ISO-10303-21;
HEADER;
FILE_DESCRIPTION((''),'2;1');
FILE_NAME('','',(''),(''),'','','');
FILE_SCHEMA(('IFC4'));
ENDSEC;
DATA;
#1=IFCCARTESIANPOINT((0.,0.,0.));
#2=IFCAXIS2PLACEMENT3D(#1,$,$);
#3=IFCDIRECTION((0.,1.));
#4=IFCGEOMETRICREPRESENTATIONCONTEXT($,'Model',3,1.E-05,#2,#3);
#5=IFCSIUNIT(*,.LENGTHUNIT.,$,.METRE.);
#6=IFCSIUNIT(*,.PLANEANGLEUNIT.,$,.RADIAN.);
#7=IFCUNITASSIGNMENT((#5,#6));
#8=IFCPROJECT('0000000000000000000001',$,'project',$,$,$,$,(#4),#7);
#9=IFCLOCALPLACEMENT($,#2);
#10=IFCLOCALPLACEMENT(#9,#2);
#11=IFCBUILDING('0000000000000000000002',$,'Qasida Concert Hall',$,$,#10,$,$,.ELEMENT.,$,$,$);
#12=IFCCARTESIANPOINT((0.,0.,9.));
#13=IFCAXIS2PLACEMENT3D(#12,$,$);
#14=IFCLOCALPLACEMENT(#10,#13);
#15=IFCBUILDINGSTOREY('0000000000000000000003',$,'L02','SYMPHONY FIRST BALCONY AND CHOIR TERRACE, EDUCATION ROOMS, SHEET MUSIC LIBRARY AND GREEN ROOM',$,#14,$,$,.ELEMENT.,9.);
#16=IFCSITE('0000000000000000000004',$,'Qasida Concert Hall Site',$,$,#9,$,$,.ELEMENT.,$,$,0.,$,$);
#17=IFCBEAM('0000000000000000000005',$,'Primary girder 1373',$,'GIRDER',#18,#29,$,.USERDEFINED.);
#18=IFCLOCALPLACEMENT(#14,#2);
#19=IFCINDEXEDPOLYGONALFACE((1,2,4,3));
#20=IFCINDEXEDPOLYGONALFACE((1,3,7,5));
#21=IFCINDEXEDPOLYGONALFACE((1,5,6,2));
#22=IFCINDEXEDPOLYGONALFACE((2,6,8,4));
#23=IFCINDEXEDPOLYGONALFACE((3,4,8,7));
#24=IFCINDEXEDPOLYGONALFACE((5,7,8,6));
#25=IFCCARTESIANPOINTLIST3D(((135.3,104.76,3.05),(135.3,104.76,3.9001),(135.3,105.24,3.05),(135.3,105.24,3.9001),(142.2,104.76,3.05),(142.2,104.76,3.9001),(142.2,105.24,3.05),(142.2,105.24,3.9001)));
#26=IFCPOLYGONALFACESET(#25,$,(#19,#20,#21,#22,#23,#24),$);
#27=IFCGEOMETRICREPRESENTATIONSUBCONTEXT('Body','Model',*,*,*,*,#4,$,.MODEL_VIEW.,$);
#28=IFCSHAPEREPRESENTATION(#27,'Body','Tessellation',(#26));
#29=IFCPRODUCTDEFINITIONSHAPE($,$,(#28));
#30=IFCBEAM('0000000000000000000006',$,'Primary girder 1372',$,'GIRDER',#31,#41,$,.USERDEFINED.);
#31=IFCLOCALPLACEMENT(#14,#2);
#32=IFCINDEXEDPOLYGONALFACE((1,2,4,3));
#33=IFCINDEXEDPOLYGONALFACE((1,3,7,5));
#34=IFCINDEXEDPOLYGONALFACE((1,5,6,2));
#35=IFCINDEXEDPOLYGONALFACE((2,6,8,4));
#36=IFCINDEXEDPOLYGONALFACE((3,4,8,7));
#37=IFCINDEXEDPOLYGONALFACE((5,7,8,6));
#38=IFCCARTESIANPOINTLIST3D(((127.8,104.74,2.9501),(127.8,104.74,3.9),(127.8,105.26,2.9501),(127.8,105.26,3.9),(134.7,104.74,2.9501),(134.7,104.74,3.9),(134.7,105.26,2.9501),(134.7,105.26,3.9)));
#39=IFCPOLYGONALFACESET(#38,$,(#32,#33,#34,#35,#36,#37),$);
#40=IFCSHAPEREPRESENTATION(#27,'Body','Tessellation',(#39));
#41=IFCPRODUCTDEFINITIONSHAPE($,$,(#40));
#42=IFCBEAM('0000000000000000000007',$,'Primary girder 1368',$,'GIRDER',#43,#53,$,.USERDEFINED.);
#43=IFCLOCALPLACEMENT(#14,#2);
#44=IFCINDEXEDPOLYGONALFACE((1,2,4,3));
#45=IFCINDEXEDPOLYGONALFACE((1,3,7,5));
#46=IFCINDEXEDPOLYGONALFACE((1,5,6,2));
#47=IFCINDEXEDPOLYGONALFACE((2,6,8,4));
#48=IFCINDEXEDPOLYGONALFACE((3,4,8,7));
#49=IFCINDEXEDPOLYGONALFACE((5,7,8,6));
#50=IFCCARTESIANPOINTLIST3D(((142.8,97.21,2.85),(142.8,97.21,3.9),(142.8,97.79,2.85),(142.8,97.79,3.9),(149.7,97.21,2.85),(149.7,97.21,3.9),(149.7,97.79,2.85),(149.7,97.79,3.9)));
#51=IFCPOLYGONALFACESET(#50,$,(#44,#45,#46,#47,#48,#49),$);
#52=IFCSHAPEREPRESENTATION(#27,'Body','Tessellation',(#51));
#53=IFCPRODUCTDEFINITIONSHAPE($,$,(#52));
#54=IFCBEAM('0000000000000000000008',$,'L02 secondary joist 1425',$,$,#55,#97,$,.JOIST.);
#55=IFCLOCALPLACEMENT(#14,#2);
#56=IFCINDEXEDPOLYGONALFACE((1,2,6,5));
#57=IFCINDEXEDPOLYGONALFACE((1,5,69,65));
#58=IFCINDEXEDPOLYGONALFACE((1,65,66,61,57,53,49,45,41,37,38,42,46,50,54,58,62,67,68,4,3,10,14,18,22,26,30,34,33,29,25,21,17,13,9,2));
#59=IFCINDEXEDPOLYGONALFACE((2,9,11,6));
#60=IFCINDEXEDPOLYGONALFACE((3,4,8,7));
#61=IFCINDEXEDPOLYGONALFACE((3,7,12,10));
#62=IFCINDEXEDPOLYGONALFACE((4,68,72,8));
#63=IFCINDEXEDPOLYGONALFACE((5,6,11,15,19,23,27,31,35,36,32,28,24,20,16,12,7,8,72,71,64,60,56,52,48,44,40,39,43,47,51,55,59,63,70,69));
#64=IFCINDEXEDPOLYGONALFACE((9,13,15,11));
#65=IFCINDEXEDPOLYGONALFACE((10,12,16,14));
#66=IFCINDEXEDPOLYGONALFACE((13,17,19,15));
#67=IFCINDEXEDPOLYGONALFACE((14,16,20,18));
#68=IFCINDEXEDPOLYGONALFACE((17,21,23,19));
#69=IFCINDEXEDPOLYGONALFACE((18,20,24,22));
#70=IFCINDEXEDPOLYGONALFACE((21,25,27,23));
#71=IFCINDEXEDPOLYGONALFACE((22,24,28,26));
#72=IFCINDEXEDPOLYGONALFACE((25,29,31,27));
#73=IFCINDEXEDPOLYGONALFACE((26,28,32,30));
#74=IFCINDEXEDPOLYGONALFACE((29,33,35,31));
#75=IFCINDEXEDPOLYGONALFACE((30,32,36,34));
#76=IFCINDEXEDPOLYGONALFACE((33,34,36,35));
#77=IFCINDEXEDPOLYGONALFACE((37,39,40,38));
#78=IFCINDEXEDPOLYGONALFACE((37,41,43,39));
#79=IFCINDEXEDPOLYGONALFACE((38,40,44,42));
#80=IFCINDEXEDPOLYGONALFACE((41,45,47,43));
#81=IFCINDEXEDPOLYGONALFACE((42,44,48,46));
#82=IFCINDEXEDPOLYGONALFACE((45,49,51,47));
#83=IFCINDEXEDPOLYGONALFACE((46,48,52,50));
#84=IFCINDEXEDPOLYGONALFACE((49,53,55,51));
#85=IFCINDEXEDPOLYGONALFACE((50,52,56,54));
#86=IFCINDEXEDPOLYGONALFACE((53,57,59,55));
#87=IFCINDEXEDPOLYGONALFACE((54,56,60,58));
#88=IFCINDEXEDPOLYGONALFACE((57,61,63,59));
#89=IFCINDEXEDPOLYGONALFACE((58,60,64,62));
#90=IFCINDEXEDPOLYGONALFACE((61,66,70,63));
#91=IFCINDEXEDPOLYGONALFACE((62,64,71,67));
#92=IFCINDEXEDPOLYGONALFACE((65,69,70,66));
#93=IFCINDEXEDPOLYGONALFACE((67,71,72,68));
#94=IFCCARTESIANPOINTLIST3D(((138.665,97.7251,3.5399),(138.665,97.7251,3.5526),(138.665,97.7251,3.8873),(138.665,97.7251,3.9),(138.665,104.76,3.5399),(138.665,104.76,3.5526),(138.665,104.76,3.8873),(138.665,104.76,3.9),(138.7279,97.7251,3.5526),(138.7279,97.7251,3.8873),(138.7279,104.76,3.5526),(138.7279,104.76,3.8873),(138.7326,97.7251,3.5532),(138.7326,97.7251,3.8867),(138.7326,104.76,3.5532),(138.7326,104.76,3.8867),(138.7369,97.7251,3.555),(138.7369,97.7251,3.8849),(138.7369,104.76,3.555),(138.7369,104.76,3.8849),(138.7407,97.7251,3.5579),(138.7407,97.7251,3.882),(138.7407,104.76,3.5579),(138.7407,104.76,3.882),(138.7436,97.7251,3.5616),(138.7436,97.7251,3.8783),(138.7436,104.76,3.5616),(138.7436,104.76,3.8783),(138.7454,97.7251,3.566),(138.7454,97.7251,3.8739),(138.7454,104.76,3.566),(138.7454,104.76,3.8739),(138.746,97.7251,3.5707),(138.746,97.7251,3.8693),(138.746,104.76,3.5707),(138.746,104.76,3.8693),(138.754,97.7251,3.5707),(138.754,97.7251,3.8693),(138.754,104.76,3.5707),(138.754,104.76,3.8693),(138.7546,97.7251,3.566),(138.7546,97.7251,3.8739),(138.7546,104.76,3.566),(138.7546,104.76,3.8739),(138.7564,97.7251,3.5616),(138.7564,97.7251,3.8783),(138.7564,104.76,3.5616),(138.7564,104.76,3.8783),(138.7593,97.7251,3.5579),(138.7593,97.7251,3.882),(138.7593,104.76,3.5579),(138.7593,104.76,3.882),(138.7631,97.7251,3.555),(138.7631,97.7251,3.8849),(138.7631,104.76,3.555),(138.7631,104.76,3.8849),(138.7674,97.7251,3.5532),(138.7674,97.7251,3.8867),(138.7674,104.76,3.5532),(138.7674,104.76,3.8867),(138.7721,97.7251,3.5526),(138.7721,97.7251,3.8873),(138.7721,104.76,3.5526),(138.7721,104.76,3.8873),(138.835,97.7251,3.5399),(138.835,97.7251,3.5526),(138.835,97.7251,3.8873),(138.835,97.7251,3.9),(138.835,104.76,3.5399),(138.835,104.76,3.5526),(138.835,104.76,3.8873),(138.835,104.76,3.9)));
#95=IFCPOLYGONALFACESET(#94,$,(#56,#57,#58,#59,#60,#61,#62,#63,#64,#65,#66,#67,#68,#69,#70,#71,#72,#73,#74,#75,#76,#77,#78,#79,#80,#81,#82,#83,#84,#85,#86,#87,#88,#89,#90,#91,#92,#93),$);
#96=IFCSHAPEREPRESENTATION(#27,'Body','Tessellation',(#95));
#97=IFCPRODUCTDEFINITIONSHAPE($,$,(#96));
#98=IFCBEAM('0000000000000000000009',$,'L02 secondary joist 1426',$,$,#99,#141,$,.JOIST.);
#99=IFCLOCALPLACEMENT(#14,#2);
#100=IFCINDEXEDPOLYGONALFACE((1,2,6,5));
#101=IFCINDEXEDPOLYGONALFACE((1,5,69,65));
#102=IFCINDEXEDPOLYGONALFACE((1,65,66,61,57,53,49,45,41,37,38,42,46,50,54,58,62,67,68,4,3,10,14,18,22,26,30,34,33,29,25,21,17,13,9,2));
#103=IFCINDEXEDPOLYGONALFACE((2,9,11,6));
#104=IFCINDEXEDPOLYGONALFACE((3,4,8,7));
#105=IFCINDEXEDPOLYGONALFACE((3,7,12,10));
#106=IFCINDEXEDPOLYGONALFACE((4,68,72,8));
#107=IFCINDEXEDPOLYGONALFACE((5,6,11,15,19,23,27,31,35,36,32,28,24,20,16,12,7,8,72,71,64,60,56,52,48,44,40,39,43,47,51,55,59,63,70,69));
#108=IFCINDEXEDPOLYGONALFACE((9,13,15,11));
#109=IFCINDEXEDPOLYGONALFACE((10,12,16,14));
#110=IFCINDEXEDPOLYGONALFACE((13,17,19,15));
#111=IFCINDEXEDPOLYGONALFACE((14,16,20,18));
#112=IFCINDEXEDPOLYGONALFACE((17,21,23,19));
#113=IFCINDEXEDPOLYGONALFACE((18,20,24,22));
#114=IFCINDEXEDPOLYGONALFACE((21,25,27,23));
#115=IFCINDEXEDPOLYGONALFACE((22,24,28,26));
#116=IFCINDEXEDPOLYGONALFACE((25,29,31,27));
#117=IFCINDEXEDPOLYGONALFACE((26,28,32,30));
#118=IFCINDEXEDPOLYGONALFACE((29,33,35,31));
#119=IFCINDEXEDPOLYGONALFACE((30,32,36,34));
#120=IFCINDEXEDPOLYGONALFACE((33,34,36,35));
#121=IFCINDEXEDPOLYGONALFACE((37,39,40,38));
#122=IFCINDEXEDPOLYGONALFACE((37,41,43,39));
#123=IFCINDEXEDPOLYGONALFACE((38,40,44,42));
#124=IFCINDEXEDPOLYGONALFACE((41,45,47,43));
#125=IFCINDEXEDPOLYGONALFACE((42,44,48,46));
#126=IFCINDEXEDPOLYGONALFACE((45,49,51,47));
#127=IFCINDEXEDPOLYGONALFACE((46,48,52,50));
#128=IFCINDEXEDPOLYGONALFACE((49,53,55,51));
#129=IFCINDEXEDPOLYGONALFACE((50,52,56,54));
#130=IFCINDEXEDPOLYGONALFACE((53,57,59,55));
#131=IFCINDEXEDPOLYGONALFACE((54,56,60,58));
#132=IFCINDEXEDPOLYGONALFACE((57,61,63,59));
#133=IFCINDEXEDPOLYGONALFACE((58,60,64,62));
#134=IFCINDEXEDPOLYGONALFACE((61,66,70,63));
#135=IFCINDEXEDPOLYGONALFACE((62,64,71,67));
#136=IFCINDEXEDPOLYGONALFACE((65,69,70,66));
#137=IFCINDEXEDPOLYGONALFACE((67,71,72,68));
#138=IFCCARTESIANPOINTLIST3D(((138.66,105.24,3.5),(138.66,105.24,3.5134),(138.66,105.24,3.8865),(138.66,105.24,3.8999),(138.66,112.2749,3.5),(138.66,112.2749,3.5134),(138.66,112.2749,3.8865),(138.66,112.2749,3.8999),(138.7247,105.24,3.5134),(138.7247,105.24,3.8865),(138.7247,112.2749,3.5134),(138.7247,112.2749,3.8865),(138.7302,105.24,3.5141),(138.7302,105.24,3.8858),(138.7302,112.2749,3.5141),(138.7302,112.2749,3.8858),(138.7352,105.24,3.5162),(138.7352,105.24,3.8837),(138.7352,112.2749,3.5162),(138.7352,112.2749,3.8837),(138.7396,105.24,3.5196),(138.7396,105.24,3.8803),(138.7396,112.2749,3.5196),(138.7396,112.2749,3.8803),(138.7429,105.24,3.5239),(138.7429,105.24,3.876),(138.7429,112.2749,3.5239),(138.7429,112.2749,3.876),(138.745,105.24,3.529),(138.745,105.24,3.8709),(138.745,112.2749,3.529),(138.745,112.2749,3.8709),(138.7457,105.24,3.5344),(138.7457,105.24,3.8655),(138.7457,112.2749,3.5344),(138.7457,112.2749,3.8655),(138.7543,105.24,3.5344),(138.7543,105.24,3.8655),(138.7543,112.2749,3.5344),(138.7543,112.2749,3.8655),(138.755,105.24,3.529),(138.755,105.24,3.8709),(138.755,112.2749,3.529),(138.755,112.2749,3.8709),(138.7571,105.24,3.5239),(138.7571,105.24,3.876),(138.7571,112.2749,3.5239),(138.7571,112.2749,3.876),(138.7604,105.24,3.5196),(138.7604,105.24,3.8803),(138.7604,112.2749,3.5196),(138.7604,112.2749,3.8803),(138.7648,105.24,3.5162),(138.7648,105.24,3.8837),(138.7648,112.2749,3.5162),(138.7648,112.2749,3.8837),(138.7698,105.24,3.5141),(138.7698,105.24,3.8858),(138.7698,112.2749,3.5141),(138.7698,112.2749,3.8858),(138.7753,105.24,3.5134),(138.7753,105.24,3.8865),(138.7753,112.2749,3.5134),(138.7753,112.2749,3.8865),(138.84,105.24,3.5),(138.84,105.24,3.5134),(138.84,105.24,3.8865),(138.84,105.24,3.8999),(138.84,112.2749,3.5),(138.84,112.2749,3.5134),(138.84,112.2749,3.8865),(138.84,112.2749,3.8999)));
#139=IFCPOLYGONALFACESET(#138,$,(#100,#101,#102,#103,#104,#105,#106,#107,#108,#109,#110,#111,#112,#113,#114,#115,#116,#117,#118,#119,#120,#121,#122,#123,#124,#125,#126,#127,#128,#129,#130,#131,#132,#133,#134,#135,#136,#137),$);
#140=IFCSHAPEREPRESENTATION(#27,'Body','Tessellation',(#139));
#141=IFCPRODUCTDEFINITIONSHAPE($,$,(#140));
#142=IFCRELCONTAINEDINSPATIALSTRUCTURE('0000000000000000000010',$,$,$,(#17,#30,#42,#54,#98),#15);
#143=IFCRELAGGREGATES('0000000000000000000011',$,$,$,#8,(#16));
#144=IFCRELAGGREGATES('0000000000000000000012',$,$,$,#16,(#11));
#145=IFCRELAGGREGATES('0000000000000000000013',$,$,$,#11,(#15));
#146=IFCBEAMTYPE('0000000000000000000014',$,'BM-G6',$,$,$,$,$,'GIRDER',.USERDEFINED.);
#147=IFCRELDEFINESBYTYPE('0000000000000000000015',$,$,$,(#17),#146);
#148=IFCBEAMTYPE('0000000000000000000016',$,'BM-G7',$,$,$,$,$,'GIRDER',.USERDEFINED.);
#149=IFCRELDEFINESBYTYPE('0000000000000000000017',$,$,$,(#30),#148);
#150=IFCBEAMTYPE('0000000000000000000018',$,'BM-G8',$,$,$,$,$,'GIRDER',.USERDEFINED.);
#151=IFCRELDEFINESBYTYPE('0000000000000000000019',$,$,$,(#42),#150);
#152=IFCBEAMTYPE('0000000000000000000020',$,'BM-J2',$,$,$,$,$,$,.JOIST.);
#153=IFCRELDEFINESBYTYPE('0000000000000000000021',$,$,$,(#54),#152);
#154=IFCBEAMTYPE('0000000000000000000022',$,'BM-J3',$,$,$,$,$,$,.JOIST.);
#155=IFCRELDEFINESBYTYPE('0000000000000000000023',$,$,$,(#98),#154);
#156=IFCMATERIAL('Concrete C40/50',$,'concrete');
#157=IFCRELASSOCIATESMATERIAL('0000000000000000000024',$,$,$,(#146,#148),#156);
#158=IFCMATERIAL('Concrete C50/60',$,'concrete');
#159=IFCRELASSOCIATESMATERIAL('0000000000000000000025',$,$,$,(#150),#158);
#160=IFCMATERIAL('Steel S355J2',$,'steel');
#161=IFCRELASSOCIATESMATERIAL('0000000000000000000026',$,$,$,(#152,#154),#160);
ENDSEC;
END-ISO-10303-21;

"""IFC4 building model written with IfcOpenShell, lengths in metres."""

from ifc_helpers import new_model, si_unit, direction, frame, origin, origin_2d, place, context, subcontext, project, spatial, rectangle, i_section, extrude, material, material_profile, profile_set, type_object, element, save


model = new_model("IFC4")

# Units and contexts
model_context = context("Model", 3, precision=1e-05, world=origin(), true_north=direction((0.0, 1.0)))
body_context = subcontext(model_context, "Body", "Model", "MODEL_VIEW")
ifc_project = project(units=[si_unit("LENGTHUNIT", "METRE"), si_unit("PLANEANGLEUNIT", "RADIAN")], contexts=[model_context])

# Site, building, storey
site_placement = place(None, origin())
site = spatial("IfcSite", under=ifc_project, at=site_placement, Name="Qasida Concert Hall Site", CompositionType="ELEMENT", RefElevation=0.0)
building_placement = place(site_placement, origin())
building = spatial("IfcBuilding", under=site, at=building_placement, Name="Qasida Concert Hall", CompositionType="ELEMENT")
storey_placement = place(building_placement, frame((0.0, 0.0, 9.0)))
storey = spatial("IfcBuildingStorey", under=building, at=storey_placement, Name="L02", Description="SYMPHONY FIRST BALCONY AND CHOIR TERRACE, EDUCATION ROOMS, SHEET MUSIC LIBRARY AND GREEN ROOM", CompositionType="ELEMENT", Elevation=9.0)

# Shared definitions
ifc_material_1 = material(Name="Concrete C50/60", Category="concrete")

# Beams
ifc_material_2 = material(Name="Concrete C40/50", Category="concrete")
ifc_material_3 = material(Name="Steel S355J2", Category="steel")
ifc_material_profile_1 = material_profile(ifc_material_2, rectangle(XDim=0.48, YDim=0.8501, at=origin_2d()), Name="RC 480x850")
ifc_profile_set_1 = profile_set([ifc_material_profile_1], Name="Concrete C40/50")
beam_type_1 = type_object("IfcBeamType", Name="BM-G6", ElementType="GIRDER", PredefinedType="USERDEFINED", material=ifc_profile_set_1)
beam_1_placement = place(storey_placement, frame((135.3, 105.0, 3.4751), z_axis=(1.0, 0.0, 0.0), x_axis=(0.0, 1.0, 0.0)))
element("IfcBeam", 1, at=beam_1_placement, inside=storey, type_object=beam_type_1, Name="Primary girder 1373", ObjectType="GIRDER", PredefinedType="USERDEFINED", context=body_context, shape_type="SweptSolid", body=[
    extrude(rectangle(XDim=0.48, YDim=0.8501, at=origin_2d()), origin(), (0.0, 0.0, 1.0), 6.8999),
])
ifc_material_profile_2 = material_profile(ifc_material_2, rectangle(XDim=0.52, YDim=0.95, at=origin_2d()), Name="RC 520x950")
ifc_profile_set_2 = profile_set([ifc_material_profile_2], Name="Concrete C40/50")
beam_type_2 = type_object("IfcBeamType", Name="BM-G7", ElementType="GIRDER", PredefinedType="USERDEFINED", material=ifc_profile_set_2)
beam_2_placement = place(storey_placement, frame((127.8, 105.0, 3.425), z_axis=(1.0, 0.0, 0.0), x_axis=(0.0, 1.0, 0.0)))
element("IfcBeam", 2, at=beam_2_placement, inside=storey, type_object=beam_type_2, Name="Primary girder 1372", ObjectType="GIRDER", PredefinedType="USERDEFINED", context=body_context, shape_type="SweptSolid", body=[
    extrude(rectangle(XDim=0.52, YDim=0.95, at=origin_2d()), origin(), (0.0, 0.0, 1.0), 6.8999),
])
ifc_material_profile_3 = material_profile(ifc_material_1, rectangle(XDim=0.5801, YDim=1.05, at=origin_2d()), Name="RC 580x1050")
ifc_profile_set_3 = profile_set([ifc_material_profile_3], Name="Concrete C50/60")
beam_type_3 = type_object("IfcBeamType", Name="BM-G8", ElementType="GIRDER", PredefinedType="USERDEFINED", material=ifc_profile_set_3)
beam_3_placement = place(storey_placement, frame((142.8, 97.5, 3.375), z_axis=(1.0, 0.0, 0.0), x_axis=(0.0, 1.0, 0.0)))
element("IfcBeam", 3, at=beam_3_placement, inside=storey, type_object=beam_type_3, Name="Primary girder 1368", ObjectType="GIRDER", PredefinedType="USERDEFINED", context=body_context, shape_type="SweptSolid", body=[
    extrude(rectangle(XDim=0.5801, YDim=1.05, at=origin_2d()), origin(), (0.0, 0.0, 1.0), 6.8999),
])
ifc_material_profile_4 = material_profile(ifc_material_3, i_section(OverallWidth=0.1699, OverallDepth=0.3601, WebThickness=0.0081, FlangeThickness=0.0127, FilletRadius=0.0181, at=origin_2d()), Name="IPE 360")
ifc_profile_set_4 = profile_set([ifc_material_profile_4], Name="Steel S355J2")
beam_type_4 = type_object("IfcBeamType", Name="BM-J2", PredefinedType="JOIST", material=ifc_profile_set_4)
beam_4_placement = place(storey_placement, frame((138.75, 97.7251, 3.72), z_axis=(0.0, 1.0, 0.0), x_axis=(-1.0, 0.0, 0.0)))
element("IfcBeam", 4, at=beam_4_placement, inside=storey, type_object=beam_type_4, Name="L02 secondary joist 1425", PredefinedType="JOIST", context=body_context, shape_type="SweptSolid", body=[
    extrude(i_section(OverallWidth=0.1699, OverallDepth=0.3601, WebThickness=0.0081, FlangeThickness=0.0127, FilletRadius=0.0181, at=origin_2d()), origin(), (0.0, 0.0, 1.0), 7.0349),
])
ifc_material_profile_5 = material_profile(ifc_material_3, i_section(OverallWidth=0.1799, OverallDepth=0.3999, WebThickness=0.0085, FlangeThickness=0.0134, FilletRadius=0.021, at=origin_2d()), Name="IPE 400")
ifc_profile_set_5 = profile_set([ifc_material_profile_5], Name="Steel S355J2")
beam_type_5 = type_object("IfcBeamType", Name="BM-J3", PredefinedType="JOIST", material=ifc_profile_set_5)
beam_5_placement = place(storey_placement, frame((138.75, 105.24, 3.7), z_axis=(0.0, 1.0, 0.0), x_axis=(-1.0, 0.0, 0.0)))
element("IfcBeam", 5, at=beam_5_placement, inside=storey, type_object=beam_type_5, Name="L02 secondary joist 1426", PredefinedType="JOIST", context=body_context, shape_type="SweptSolid", body=[
    extrude(i_section(OverallWidth=0.1799, OverallDepth=0.3999, WebThickness=0.0085, FlangeThickness=0.0134, FilletRadius=0.021, at=origin_2d()), origin(), (0.0, 0.0, 1.0), 7.0349),
])

save(model, "model.ifc")
